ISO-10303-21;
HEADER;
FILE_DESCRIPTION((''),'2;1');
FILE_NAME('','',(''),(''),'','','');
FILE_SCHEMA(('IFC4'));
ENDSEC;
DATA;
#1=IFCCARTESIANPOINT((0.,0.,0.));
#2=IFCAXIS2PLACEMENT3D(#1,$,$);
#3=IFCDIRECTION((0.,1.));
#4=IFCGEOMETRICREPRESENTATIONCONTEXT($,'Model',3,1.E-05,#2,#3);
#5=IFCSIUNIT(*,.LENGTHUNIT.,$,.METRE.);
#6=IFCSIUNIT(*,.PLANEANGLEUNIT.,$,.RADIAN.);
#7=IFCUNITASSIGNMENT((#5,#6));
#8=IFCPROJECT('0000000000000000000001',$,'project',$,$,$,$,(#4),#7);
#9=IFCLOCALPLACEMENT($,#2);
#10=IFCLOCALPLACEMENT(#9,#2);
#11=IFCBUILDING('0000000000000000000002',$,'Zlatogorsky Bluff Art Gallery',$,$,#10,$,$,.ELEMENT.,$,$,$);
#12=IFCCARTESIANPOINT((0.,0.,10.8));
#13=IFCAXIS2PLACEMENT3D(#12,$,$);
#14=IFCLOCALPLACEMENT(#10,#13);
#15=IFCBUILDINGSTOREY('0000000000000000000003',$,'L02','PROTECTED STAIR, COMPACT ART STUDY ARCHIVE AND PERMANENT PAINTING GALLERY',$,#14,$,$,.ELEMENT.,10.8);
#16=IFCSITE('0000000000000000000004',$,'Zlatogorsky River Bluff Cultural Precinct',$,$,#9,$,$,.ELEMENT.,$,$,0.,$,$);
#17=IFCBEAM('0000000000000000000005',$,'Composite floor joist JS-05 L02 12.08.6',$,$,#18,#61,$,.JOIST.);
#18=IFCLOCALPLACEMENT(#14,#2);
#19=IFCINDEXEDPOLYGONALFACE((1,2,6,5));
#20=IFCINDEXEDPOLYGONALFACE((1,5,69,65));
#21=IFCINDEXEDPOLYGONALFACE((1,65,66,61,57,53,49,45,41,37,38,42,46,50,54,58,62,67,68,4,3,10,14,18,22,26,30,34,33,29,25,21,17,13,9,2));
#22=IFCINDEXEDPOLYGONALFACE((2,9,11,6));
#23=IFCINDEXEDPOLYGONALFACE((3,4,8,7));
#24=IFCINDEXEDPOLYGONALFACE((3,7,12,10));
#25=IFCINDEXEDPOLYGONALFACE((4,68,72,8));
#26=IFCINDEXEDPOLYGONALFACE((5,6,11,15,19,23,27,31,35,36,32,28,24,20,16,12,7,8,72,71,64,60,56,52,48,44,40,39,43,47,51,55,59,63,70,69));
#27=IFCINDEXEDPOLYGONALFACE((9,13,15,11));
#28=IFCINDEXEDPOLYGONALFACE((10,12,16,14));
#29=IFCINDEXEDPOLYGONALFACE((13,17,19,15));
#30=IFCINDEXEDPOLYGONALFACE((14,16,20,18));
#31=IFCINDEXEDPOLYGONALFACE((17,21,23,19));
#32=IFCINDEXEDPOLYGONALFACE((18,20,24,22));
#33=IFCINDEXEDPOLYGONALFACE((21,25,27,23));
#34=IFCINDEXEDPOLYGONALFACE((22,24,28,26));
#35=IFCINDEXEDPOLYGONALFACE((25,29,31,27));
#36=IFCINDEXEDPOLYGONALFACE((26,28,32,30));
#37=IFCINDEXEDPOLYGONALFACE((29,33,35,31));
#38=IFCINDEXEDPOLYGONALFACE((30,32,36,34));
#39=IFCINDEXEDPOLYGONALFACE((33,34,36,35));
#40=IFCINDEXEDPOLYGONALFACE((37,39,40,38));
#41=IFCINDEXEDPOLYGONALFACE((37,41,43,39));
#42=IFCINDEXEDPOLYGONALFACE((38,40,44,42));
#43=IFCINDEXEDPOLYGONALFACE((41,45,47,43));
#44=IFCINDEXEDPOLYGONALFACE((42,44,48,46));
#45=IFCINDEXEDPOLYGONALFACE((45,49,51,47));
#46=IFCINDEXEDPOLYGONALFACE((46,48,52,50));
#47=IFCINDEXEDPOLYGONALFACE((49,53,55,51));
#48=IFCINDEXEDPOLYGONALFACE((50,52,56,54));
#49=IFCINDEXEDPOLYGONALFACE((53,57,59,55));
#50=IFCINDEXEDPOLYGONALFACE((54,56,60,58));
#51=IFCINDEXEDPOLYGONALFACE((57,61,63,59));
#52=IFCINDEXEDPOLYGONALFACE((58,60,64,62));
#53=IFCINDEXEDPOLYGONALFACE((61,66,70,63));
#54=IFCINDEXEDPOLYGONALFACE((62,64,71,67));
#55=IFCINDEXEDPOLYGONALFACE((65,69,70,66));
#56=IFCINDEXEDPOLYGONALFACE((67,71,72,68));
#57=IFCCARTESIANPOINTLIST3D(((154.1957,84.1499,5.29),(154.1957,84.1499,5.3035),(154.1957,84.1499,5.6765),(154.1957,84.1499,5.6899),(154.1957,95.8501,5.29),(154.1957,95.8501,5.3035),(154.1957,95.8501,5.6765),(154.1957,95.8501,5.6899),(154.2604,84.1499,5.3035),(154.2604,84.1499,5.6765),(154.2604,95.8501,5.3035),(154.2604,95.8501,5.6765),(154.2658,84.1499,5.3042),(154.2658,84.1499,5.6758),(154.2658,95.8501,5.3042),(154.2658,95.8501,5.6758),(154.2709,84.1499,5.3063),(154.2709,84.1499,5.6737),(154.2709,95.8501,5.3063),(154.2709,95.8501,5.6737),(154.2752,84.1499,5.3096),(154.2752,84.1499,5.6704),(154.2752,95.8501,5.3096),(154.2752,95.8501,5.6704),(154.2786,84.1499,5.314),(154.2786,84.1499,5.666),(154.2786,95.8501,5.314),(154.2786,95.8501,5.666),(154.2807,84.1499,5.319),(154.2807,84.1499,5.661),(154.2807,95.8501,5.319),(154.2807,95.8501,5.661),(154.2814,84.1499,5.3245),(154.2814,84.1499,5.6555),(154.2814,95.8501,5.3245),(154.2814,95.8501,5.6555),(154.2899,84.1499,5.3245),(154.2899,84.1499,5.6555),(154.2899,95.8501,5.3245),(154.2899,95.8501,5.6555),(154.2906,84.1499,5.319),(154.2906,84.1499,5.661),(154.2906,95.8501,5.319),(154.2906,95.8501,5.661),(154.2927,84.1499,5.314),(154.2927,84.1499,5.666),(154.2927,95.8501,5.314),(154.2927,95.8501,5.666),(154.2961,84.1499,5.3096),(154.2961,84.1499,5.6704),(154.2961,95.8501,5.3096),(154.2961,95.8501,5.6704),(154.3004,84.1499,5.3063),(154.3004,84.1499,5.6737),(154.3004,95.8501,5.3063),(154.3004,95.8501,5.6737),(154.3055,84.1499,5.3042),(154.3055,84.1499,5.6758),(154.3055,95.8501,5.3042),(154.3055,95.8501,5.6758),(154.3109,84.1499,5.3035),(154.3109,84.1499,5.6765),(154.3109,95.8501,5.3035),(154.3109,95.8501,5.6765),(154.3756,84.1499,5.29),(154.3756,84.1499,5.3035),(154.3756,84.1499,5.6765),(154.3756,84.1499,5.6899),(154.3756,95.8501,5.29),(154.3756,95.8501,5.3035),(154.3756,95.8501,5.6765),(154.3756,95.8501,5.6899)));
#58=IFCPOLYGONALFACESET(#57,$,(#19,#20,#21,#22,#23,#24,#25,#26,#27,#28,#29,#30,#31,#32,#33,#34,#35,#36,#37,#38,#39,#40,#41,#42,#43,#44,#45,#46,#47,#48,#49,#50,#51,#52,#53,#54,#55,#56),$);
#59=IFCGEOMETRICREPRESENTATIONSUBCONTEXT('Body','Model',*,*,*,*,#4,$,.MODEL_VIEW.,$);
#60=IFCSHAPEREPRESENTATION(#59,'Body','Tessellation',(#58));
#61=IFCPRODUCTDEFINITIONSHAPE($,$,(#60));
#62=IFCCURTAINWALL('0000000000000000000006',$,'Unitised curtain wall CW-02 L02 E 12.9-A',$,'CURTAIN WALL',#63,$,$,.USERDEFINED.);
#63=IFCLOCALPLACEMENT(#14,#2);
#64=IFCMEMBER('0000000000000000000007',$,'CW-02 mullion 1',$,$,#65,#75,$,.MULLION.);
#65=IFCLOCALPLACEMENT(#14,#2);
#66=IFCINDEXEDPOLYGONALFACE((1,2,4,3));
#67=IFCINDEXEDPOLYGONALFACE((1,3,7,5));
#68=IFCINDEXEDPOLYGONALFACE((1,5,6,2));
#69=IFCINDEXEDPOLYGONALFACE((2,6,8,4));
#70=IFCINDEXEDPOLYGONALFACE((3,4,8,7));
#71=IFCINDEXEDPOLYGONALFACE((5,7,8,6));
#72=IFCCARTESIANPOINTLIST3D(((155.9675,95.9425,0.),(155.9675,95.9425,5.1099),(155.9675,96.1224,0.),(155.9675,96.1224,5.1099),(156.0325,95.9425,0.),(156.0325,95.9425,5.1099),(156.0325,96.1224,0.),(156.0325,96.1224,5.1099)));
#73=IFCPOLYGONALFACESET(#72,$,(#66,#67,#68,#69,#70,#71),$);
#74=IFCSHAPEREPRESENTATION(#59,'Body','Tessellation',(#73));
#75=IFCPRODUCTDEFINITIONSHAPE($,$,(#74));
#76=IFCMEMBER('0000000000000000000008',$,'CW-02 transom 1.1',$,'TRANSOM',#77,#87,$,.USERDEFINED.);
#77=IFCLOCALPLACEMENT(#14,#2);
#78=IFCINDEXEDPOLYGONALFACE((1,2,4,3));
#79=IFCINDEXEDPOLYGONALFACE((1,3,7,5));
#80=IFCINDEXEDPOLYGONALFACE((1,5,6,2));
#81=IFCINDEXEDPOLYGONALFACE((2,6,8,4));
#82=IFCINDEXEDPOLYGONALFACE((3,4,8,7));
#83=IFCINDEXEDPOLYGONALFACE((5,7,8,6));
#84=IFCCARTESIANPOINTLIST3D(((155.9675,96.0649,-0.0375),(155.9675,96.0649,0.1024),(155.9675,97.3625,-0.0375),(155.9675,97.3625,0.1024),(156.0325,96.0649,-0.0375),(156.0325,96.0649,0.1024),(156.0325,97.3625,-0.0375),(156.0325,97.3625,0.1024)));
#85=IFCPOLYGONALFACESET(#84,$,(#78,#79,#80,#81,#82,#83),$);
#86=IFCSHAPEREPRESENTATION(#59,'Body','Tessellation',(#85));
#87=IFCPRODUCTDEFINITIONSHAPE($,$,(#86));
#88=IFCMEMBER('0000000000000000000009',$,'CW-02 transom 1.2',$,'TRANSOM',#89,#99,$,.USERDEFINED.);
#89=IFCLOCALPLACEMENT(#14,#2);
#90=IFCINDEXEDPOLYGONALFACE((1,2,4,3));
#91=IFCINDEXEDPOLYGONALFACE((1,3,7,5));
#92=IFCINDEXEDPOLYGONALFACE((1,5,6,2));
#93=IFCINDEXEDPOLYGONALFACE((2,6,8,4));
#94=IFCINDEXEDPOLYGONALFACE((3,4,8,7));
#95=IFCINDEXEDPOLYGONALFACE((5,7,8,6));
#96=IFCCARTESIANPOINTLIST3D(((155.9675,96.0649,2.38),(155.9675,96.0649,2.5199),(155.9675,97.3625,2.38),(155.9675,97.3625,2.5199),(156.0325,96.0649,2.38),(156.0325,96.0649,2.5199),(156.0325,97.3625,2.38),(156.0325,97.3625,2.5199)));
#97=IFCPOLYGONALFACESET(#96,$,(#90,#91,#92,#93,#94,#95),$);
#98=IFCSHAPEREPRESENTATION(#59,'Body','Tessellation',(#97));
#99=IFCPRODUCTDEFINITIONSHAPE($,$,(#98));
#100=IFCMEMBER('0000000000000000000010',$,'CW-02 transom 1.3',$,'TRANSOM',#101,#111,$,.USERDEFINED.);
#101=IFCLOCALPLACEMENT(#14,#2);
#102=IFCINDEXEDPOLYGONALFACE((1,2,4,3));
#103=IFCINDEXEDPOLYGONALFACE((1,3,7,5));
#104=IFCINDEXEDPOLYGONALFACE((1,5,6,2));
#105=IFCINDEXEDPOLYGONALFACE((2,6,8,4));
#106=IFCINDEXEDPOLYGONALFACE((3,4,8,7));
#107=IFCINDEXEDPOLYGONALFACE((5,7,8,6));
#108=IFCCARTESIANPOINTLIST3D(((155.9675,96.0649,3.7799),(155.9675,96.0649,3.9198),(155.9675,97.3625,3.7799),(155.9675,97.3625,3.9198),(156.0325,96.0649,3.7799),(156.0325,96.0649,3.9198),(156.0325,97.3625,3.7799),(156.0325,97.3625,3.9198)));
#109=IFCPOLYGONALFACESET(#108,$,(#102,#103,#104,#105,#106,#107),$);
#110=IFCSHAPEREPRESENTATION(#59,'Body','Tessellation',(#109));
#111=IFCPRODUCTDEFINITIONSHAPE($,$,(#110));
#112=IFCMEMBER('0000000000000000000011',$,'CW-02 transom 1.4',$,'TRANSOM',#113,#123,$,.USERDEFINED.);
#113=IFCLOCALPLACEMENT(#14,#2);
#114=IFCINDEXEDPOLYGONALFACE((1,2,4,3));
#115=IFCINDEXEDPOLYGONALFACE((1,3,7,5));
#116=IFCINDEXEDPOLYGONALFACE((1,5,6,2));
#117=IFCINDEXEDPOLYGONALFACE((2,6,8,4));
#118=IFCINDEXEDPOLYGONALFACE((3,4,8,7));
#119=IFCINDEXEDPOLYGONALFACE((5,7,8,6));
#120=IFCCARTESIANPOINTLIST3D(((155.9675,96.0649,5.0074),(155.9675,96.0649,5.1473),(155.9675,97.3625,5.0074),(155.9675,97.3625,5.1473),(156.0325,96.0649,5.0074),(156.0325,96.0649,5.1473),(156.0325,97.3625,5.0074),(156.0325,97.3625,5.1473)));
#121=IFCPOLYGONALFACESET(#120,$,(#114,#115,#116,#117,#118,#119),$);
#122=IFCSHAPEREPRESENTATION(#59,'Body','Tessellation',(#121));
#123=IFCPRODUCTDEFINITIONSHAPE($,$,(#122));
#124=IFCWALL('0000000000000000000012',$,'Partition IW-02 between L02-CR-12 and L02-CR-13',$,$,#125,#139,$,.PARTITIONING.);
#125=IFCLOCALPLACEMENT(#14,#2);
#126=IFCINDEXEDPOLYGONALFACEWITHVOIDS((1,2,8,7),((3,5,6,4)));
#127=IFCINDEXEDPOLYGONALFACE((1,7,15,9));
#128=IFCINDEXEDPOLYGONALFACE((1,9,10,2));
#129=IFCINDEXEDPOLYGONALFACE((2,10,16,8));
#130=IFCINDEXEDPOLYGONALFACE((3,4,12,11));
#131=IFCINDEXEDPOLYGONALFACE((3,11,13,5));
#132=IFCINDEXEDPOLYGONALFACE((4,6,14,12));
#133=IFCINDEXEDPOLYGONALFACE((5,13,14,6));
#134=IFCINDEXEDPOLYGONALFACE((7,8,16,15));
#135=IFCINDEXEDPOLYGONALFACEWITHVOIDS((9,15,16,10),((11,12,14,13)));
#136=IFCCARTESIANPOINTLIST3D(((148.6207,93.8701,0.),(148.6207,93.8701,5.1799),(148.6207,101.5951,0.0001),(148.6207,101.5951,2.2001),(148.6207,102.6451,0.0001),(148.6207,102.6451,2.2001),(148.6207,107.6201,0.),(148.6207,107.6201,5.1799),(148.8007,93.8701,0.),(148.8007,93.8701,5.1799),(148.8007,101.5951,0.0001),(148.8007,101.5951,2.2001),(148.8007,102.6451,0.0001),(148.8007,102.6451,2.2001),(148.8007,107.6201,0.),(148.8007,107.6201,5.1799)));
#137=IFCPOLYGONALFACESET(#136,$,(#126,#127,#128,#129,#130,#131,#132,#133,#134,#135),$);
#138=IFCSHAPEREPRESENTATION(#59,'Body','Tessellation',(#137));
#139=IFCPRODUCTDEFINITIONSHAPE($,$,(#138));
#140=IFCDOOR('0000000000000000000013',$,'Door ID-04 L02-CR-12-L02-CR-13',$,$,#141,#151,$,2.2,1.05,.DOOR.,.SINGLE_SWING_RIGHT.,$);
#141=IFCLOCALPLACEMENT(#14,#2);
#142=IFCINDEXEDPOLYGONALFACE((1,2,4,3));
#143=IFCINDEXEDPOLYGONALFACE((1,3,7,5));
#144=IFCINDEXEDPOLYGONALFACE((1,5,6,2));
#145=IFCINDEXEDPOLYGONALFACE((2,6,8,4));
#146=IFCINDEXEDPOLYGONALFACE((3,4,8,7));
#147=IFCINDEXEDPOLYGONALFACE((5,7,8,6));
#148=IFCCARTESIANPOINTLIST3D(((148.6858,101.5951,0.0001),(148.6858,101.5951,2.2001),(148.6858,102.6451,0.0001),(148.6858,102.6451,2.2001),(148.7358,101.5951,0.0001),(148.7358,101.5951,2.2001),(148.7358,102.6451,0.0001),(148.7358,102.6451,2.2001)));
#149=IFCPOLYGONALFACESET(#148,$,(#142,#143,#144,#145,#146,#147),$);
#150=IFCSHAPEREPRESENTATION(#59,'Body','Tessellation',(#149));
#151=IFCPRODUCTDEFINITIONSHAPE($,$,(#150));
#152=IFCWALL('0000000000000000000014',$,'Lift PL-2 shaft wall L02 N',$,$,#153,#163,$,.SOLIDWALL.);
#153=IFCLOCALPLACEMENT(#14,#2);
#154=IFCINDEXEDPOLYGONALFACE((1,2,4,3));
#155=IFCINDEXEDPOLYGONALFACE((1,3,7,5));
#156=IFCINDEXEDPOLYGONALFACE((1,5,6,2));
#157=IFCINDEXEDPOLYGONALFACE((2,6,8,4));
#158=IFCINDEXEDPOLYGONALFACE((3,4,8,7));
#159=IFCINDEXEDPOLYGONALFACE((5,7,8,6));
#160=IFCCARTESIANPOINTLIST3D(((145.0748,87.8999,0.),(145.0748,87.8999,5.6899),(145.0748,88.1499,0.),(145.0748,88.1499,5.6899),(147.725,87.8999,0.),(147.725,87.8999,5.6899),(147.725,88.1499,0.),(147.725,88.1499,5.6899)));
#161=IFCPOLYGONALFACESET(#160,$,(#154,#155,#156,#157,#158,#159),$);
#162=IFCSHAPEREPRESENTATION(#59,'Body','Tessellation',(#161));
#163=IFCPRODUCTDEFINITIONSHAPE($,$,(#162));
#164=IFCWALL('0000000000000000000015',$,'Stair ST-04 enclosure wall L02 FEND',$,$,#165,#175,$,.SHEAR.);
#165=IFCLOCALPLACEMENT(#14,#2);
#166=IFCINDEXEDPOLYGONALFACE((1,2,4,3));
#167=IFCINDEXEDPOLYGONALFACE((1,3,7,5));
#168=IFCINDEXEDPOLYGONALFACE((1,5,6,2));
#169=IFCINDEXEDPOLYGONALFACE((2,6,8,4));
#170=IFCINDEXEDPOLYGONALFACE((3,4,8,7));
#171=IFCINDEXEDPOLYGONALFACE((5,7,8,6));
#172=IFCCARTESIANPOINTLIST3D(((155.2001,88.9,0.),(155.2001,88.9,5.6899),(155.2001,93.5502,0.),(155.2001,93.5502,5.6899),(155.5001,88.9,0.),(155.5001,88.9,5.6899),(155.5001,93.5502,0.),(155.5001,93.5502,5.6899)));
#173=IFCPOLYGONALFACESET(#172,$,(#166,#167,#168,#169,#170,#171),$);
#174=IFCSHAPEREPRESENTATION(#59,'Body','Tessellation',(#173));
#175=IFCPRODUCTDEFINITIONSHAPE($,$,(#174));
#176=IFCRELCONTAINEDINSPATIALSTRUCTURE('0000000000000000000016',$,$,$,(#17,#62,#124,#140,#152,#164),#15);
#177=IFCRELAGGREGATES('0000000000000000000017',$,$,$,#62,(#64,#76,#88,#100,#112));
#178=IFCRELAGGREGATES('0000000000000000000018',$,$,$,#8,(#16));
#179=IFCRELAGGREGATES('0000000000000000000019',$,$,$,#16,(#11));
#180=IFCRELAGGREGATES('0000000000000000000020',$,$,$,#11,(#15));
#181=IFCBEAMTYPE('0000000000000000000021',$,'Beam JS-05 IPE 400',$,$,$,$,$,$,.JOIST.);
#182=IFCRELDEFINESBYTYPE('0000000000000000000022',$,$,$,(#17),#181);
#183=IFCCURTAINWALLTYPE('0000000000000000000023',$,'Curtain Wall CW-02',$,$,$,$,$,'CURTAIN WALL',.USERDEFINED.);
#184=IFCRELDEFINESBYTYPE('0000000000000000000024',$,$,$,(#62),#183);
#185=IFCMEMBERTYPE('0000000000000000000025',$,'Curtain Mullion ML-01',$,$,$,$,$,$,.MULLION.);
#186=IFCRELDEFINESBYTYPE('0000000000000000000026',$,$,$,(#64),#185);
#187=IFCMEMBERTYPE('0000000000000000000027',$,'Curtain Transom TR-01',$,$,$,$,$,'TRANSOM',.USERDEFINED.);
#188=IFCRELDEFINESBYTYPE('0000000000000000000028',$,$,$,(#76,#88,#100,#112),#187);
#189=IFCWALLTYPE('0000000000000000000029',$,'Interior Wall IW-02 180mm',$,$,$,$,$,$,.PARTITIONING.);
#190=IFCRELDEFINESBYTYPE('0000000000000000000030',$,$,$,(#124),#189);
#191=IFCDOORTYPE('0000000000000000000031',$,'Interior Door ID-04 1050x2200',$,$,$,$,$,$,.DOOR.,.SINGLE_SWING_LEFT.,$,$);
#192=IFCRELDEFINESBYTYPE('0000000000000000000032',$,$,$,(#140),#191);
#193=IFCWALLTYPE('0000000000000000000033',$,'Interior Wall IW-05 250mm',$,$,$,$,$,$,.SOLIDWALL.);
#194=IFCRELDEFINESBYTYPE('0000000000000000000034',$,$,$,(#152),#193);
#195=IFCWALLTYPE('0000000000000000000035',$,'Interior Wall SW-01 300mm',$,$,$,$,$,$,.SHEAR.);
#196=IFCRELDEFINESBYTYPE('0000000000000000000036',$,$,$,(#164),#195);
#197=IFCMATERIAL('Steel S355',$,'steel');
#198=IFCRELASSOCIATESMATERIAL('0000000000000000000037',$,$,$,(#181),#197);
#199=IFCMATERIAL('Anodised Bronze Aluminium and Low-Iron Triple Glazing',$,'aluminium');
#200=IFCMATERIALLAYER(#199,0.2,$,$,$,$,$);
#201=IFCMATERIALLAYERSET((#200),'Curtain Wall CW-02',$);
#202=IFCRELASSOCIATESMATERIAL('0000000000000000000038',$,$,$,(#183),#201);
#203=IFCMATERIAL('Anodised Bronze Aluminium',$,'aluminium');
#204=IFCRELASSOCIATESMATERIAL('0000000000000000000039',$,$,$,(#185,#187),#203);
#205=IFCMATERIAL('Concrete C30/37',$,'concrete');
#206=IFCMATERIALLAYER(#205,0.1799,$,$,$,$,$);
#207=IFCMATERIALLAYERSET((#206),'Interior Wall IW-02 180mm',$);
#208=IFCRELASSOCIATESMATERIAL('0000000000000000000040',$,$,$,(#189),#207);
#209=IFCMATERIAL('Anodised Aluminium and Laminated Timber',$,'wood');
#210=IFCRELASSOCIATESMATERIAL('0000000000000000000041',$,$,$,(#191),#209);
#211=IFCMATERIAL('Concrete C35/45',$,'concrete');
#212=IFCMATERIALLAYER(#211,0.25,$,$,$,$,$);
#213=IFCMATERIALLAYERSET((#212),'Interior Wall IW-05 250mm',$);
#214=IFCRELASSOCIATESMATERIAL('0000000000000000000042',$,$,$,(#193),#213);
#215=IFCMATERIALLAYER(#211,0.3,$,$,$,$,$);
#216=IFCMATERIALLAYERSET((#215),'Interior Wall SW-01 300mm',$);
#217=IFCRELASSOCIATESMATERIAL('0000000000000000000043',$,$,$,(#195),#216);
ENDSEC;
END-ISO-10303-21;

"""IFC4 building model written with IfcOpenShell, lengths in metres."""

from ifc_helpers import new_model, si_unit, direction, frame, frame_2d, origin, origin_2d, place, context, subcontext, project, spatial, rectangle, i_section, extrude, material, layer, layer_set, material_profile, profile_set, type_object, element, fill, aggregate, save


model = new_model("IFC4")

# Units and contexts
model_context = context("Model", 3, precision=1e-05, world=origin(), true_north=direction((0.0, 1.0)))
body_context = subcontext(model_context, "Body", "Model", "MODEL_VIEW")
ifc_project = project(units=[si_unit("LENGTHUNIT", "METRE"), si_unit("PLANEANGLEUNIT", "RADIAN")], contexts=[model_context])

# Site, building, storey
site_placement = place(None, origin())
site = spatial("IfcSite", under=ifc_project, at=site_placement, Name="Zlatogorsky River Bluff Cultural Precinct", CompositionType="ELEMENT", RefElevation=0.0)
building_placement = place(site_placement, origin())
building = spatial("IfcBuilding", under=site, at=building_placement, Name="Zlatogorsky Bluff Art Gallery", CompositionType="ELEMENT")
storey_placement = place(building_placement, frame((0.0, 0.0, 10.8)))
storey = spatial("IfcBuildingStorey", under=building, at=storey_placement, Name="L02", Description="PROTECTED STAIR, COMPACT ART STUDY ARCHIVE AND PERMANENT PAINTING GALLERY", CompositionType="ELEMENT", Elevation=10.8)

# Shared definitions
ifc_material_1 = material(Name="Steel S355", Category="steel")

# Beam
ifc_material_profile_1 = material_profile(ifc_material_1, i_section(OverallWidth=0.1799, OverallDepth=0.3999, WebThickness=0.0085, FlangeThickness=0.0134, FilletRadius=0.021, at=origin_2d()), Name="IPE 400")
ifc_profile_set_1 = profile_set([ifc_material_profile_1], Name="Steel S355")
beam_type_1 = type_object("IfcBeamType", Name="Beam JS-05 IPE 400", PredefinedType="JOIST", material=ifc_profile_set_1)
for number, where, z_axis, x_axis, name in (
    (1, (154.2856, 84.1499, 5.49), (0.0, 1.0, 0.0), (-1.0, 0.0, 0.0), "Composite floor joist JS-05 L02 12.08.6"),
):
    element("IfcBeam", number, at=place(storey_placement, frame(where, z_axis=z_axis, x_axis=x_axis)), inside=storey, type_object=beam_type_1, Name=name, PredefinedType="JOIST", context=body_context, shape_type="SweptSolid", body=[
        extrude(i_section(OverallWidth=0.1799, OverallDepth=0.3999, WebThickness=0.0085, FlangeThickness=0.0134, FilletRadius=0.021, at=origin_2d()), origin(), (0.0, 0.0, 1.0), 11.7002),
    ])

# Curtain wall, members
ifc_material_2 = material(Name="Anodised Bronze Aluminium and Low-Iron Triple Glazing", Category="aluminium")
ifc_layer_1 = layer(ifc_material_2, 0.2)
ifc_layer_set_1 = layer_set([ifc_layer_1], Name="Curtain Wall CW-02")
curtain_wall_type = type_object("IfcCurtainWallType", Name="Curtain Wall CW-02", ElementType="CURTAIN WALL", PredefinedType="USERDEFINED", material=ifc_layer_set_1)
curtain_wall_placement = place(storey_placement, origin())
curtain_wall = element("IfcCurtainWall", 2, at=curtain_wall_placement, inside=storey, type_object=curtain_wall_type, Name="Unitised curtain wall CW-02 L02 E 12.9-A", ObjectType="CURTAIN WALL", PredefinedType="USERDEFINED")
ifc_material_3 = material(Name="Anodised Bronze Aluminium", Category="aluminium")
ifc_material_profile_2 = material_profile(ifc_material_3, rectangle(XDim=0.0649, YDim=0.1799, at=origin_2d()), Name="ALU MULLION 65x180")
ifc_profile_set_2 = profile_set([ifc_material_profile_2], Name="Anodised Bronze Aluminium")
member_type_1 = type_object("IfcMemberType", Name="Curtain Mullion ML-01", PredefinedType="MULLION", material=ifc_profile_set_2)
member_1_placement = place(storey_placement, frame((156.0, 96.0325, 0.0), z_axis=(0.0, 0.0, 1.0), x_axis=(-1.0, 0.0, 0.0)))
member_1 = element("IfcMember", 3, at=member_1_placement, type_object=member_type_1, Name="CW-02 mullion 1", PredefinedType="MULLION", context=body_context, shape_type="SweptSolid", body=[
    extrude(rectangle(XDim=0.0649, YDim=0.1799, at=origin_2d()), origin(), (0.0, 0.0, 1.0), 5.1099),
])
ifc_material_profile_3 = material_profile(ifc_material_3, rectangle(XDim=0.0649, YDim=0.1399, at=origin_2d()), Name="ALU TRANSOM 65x140")
ifc_profile_set_3 = profile_set([ifc_material_profile_3], Name="Anodised Bronze Aluminium")
member_type_2 = type_object("IfcMemberType", Name="Curtain Transom TR-01", ElementType="TRANSOM", PredefinedType="USERDEFINED", material=ifc_profile_set_3)
member_2_placement = place(storey_placement, frame((156.0, 96.0649, 0.0325), z_axis=(0.0, 1.0, 0.0), x_axis=(-1.0, 0.0, 0.0)))
member_2 = element("IfcMember", 4, at=member_2_placement, type_object=member_type_2, Name="CW-02 transom 1.1", ObjectType="TRANSOM", PredefinedType="USERDEFINED", context=body_context, shape_type="SweptSolid", body=[
    extrude(rectangle(XDim=0.0649, YDim=0.1399, at=origin_2d()), origin(), (0.0, 0.0, 1.0), 1.2976),
])
member_3_placement = place(storey_placement, frame((156.0, 96.0649, 2.45), z_axis=(0.0, 1.0, 0.0), x_axis=(-1.0, 0.0, 0.0)))
member_3 = element("IfcMember", 5, at=member_3_placement, type_object=member_type_2, Name="CW-02 transom 1.2", ObjectType="TRANSOM", PredefinedType="USERDEFINED", context=body_context, shape_type="SweptSolid", body=[
    extrude(rectangle(XDim=0.0649, YDim=0.1399, at=origin_2d()), origin(), (0.0, 0.0, 1.0), 1.2976),
])
member_4_placement = place(storey_placement, frame((156.0, 96.0649, 3.8499), z_axis=(0.0, 1.0, 0.0), x_axis=(-1.0, 0.0, 0.0)))
member_4 = element("IfcMember", 6, at=member_4_placement, type_object=member_type_2, Name="CW-02 transom 1.3", ObjectType="TRANSOM", PredefinedType="USERDEFINED", context=body_context, shape_type="SweptSolid", body=[
    extrude(rectangle(XDim=0.0649, YDim=0.1399, at=origin_2d()), origin(), (0.0, 0.0, 1.0), 1.2976),
])
member_5_placement = place(storey_placement, frame((156.0, 96.0649, 5.0774), z_axis=(0.0, 1.0, 0.0), x_axis=(-1.0, 0.0, 0.0)))
member_5 = element("IfcMember", 7, at=member_5_placement, type_object=member_type_2, Name="CW-02 transom 1.4", ObjectType="TRANSOM", PredefinedType="USERDEFINED", context=body_context, shape_type="SweptSolid", body=[
    extrude(rectangle(XDim=0.0649, YDim=0.1399, at=origin_2d()), origin(), (0.0, 0.0, 1.0), 1.2976),
])
aggregate(curtain_wall, [member_1, member_2, member_3, member_4, member_5])

# Wall, opening, door
ifc_material_4 = material(Name="Concrete C30/37", Category="concrete")
ifc_layer_2 = layer(ifc_material_4, 0.1799)
ifc_layer_set_2 = layer_set([ifc_layer_2], Name="Interior Wall IW-02 180mm")
wall_type_1 = type_object("IfcWallType", Name="Interior Wall IW-02 180mm", PredefinedType="PARTITIONING", material=ifc_layer_set_2)
wall_1_placement = place(storey_placement, frame((148.7107, 93.8701, 0.0), z_axis=(0.0, 0.0, 1.0), x_axis=(0.0, 1.0, 0.0)))
wall_1 = element("IfcWall", 8, at=wall_1_placement, inside=storey, type_object=wall_type_1, Name="Partition IW-02 between L02-CR-12 and L02-CR-13", PredefinedType="PARTITIONING", context=body_context, shape_type="SweptSolid", body=[
    extrude(rectangle(XDim=13.75, YDim=0.1799, at=frame_2d((6.875, 0.0))), origin(), (0.0, 0.0, 1.0), 5.1799),
])
opening_placement = place(wall_1_placement, frame((7.7251, 0.0, 0.0)))
opening = element("IfcOpeningElement", 9, at=opening_placement, cuts=wall_1, PredefinedType="OPENING", context=body_context, shape_type="SweptSolid", body=[
    extrude(rectangle(XDim=1.05, YDim=2.2, at=frame_2d((0.5249, 1.1001))), frame((0.0, 0.0999, 0.0), z_axis=(0.0, -1.0, 0.0), x_axis=(1.0, 0.0, 0.0)), (0.0, 0.0, 1.0), 0.2),
])
ifc_material_5 = material(Name="Anodised Aluminium and Laminated Timber", Category="wood")
door_type = type_object("IfcDoorType", Name="Interior Door ID-04 1050x2200", OperationType="SINGLE_SWING_LEFT", PredefinedType="DOOR", material=ifc_material_5)
door_placement = place(opening_placement, origin())
door = element("IfcDoor", 10, at=door_placement, inside=storey, type_object=door_type, Name="Door ID-04 L02-CR-12-L02-CR-13", OperationType="SINGLE_SWING_RIGHT", OverallHeight=2.2, OverallWidth=1.05, PredefinedType="DOOR", context=body_context, shape_type="SweptSolid", body=[
    extrude(rectangle(XDim=1.05, YDim=2.2, at=frame_2d((0.5249, 1.1001))), frame((0.0, 0.0249, 0.0), z_axis=(0.0, -1.0, 0.0), x_axis=(1.0, 0.0, 0.0)), (0.0, 0.0, 1.0), 0.05),
])
fill(opening, door)

# Walls
ifc_material_6 = material(Name="Concrete C35/45", Category="concrete")
ifc_layer_3 = layer(ifc_material_6, 0.25)
ifc_layer_set_3 = layer_set([ifc_layer_3], Name="Interior Wall IW-05 250mm")
wall_type_2 = type_object("IfcWallType", Name="Interior Wall IW-05 250mm", PredefinedType="SOLIDWALL", material=ifc_layer_set_3)
wall_2_placement = place(storey_placement, frame((147.7251, 88.0249, 0.0), z_axis=(0.0, 0.0, 1.0), x_axis=(-1.0, 0.0, 0.0)))
element("IfcWall", 11, at=wall_2_placement, inside=storey, type_object=wall_type_2, Name="Lift PL-2 shaft wall L02 N", PredefinedType="SOLIDWALL", context=body_context, shape_type="SweptSolid", body=[
    extrude(rectangle(XDim=2.6501, YDim=0.25, at=frame_2d((1.3252, 0.0))), origin(), (0.0, 0.0, 1.0), 5.6899),
])
ifc_layer_4 = layer(ifc_material_6, 0.3)
ifc_layer_set_4 = layer_set([ifc_layer_4], Name="Interior Wall SW-01 300mm")
wall_type_3 = type_object("IfcWallType", Name="Interior Wall SW-01 300mm", PredefinedType="SHEAR", material=ifc_layer_set_4)
wall_3_placement = place(storey_placement, frame((155.3501, 88.8999, 0.0), z_axis=(0.0, 0.0, 1.0), x_axis=(0.0, 1.0, 0.0)))
element("IfcWall", 12, at=wall_3_placement, inside=storey, type_object=wall_type_3, Name="Stair ST-04 enclosure wall L02 FEND", PredefinedType="SHEAR", context=body_context, shape_type="SweptSolid", body=[
    extrude(rectangle(XDim=4.6501, YDim=0.3, at=frame_2d((2.3252, 0.0))), origin(), (0.0, 0.0, 1.0), 5.6899),
])

save(model, "model.ifc")
